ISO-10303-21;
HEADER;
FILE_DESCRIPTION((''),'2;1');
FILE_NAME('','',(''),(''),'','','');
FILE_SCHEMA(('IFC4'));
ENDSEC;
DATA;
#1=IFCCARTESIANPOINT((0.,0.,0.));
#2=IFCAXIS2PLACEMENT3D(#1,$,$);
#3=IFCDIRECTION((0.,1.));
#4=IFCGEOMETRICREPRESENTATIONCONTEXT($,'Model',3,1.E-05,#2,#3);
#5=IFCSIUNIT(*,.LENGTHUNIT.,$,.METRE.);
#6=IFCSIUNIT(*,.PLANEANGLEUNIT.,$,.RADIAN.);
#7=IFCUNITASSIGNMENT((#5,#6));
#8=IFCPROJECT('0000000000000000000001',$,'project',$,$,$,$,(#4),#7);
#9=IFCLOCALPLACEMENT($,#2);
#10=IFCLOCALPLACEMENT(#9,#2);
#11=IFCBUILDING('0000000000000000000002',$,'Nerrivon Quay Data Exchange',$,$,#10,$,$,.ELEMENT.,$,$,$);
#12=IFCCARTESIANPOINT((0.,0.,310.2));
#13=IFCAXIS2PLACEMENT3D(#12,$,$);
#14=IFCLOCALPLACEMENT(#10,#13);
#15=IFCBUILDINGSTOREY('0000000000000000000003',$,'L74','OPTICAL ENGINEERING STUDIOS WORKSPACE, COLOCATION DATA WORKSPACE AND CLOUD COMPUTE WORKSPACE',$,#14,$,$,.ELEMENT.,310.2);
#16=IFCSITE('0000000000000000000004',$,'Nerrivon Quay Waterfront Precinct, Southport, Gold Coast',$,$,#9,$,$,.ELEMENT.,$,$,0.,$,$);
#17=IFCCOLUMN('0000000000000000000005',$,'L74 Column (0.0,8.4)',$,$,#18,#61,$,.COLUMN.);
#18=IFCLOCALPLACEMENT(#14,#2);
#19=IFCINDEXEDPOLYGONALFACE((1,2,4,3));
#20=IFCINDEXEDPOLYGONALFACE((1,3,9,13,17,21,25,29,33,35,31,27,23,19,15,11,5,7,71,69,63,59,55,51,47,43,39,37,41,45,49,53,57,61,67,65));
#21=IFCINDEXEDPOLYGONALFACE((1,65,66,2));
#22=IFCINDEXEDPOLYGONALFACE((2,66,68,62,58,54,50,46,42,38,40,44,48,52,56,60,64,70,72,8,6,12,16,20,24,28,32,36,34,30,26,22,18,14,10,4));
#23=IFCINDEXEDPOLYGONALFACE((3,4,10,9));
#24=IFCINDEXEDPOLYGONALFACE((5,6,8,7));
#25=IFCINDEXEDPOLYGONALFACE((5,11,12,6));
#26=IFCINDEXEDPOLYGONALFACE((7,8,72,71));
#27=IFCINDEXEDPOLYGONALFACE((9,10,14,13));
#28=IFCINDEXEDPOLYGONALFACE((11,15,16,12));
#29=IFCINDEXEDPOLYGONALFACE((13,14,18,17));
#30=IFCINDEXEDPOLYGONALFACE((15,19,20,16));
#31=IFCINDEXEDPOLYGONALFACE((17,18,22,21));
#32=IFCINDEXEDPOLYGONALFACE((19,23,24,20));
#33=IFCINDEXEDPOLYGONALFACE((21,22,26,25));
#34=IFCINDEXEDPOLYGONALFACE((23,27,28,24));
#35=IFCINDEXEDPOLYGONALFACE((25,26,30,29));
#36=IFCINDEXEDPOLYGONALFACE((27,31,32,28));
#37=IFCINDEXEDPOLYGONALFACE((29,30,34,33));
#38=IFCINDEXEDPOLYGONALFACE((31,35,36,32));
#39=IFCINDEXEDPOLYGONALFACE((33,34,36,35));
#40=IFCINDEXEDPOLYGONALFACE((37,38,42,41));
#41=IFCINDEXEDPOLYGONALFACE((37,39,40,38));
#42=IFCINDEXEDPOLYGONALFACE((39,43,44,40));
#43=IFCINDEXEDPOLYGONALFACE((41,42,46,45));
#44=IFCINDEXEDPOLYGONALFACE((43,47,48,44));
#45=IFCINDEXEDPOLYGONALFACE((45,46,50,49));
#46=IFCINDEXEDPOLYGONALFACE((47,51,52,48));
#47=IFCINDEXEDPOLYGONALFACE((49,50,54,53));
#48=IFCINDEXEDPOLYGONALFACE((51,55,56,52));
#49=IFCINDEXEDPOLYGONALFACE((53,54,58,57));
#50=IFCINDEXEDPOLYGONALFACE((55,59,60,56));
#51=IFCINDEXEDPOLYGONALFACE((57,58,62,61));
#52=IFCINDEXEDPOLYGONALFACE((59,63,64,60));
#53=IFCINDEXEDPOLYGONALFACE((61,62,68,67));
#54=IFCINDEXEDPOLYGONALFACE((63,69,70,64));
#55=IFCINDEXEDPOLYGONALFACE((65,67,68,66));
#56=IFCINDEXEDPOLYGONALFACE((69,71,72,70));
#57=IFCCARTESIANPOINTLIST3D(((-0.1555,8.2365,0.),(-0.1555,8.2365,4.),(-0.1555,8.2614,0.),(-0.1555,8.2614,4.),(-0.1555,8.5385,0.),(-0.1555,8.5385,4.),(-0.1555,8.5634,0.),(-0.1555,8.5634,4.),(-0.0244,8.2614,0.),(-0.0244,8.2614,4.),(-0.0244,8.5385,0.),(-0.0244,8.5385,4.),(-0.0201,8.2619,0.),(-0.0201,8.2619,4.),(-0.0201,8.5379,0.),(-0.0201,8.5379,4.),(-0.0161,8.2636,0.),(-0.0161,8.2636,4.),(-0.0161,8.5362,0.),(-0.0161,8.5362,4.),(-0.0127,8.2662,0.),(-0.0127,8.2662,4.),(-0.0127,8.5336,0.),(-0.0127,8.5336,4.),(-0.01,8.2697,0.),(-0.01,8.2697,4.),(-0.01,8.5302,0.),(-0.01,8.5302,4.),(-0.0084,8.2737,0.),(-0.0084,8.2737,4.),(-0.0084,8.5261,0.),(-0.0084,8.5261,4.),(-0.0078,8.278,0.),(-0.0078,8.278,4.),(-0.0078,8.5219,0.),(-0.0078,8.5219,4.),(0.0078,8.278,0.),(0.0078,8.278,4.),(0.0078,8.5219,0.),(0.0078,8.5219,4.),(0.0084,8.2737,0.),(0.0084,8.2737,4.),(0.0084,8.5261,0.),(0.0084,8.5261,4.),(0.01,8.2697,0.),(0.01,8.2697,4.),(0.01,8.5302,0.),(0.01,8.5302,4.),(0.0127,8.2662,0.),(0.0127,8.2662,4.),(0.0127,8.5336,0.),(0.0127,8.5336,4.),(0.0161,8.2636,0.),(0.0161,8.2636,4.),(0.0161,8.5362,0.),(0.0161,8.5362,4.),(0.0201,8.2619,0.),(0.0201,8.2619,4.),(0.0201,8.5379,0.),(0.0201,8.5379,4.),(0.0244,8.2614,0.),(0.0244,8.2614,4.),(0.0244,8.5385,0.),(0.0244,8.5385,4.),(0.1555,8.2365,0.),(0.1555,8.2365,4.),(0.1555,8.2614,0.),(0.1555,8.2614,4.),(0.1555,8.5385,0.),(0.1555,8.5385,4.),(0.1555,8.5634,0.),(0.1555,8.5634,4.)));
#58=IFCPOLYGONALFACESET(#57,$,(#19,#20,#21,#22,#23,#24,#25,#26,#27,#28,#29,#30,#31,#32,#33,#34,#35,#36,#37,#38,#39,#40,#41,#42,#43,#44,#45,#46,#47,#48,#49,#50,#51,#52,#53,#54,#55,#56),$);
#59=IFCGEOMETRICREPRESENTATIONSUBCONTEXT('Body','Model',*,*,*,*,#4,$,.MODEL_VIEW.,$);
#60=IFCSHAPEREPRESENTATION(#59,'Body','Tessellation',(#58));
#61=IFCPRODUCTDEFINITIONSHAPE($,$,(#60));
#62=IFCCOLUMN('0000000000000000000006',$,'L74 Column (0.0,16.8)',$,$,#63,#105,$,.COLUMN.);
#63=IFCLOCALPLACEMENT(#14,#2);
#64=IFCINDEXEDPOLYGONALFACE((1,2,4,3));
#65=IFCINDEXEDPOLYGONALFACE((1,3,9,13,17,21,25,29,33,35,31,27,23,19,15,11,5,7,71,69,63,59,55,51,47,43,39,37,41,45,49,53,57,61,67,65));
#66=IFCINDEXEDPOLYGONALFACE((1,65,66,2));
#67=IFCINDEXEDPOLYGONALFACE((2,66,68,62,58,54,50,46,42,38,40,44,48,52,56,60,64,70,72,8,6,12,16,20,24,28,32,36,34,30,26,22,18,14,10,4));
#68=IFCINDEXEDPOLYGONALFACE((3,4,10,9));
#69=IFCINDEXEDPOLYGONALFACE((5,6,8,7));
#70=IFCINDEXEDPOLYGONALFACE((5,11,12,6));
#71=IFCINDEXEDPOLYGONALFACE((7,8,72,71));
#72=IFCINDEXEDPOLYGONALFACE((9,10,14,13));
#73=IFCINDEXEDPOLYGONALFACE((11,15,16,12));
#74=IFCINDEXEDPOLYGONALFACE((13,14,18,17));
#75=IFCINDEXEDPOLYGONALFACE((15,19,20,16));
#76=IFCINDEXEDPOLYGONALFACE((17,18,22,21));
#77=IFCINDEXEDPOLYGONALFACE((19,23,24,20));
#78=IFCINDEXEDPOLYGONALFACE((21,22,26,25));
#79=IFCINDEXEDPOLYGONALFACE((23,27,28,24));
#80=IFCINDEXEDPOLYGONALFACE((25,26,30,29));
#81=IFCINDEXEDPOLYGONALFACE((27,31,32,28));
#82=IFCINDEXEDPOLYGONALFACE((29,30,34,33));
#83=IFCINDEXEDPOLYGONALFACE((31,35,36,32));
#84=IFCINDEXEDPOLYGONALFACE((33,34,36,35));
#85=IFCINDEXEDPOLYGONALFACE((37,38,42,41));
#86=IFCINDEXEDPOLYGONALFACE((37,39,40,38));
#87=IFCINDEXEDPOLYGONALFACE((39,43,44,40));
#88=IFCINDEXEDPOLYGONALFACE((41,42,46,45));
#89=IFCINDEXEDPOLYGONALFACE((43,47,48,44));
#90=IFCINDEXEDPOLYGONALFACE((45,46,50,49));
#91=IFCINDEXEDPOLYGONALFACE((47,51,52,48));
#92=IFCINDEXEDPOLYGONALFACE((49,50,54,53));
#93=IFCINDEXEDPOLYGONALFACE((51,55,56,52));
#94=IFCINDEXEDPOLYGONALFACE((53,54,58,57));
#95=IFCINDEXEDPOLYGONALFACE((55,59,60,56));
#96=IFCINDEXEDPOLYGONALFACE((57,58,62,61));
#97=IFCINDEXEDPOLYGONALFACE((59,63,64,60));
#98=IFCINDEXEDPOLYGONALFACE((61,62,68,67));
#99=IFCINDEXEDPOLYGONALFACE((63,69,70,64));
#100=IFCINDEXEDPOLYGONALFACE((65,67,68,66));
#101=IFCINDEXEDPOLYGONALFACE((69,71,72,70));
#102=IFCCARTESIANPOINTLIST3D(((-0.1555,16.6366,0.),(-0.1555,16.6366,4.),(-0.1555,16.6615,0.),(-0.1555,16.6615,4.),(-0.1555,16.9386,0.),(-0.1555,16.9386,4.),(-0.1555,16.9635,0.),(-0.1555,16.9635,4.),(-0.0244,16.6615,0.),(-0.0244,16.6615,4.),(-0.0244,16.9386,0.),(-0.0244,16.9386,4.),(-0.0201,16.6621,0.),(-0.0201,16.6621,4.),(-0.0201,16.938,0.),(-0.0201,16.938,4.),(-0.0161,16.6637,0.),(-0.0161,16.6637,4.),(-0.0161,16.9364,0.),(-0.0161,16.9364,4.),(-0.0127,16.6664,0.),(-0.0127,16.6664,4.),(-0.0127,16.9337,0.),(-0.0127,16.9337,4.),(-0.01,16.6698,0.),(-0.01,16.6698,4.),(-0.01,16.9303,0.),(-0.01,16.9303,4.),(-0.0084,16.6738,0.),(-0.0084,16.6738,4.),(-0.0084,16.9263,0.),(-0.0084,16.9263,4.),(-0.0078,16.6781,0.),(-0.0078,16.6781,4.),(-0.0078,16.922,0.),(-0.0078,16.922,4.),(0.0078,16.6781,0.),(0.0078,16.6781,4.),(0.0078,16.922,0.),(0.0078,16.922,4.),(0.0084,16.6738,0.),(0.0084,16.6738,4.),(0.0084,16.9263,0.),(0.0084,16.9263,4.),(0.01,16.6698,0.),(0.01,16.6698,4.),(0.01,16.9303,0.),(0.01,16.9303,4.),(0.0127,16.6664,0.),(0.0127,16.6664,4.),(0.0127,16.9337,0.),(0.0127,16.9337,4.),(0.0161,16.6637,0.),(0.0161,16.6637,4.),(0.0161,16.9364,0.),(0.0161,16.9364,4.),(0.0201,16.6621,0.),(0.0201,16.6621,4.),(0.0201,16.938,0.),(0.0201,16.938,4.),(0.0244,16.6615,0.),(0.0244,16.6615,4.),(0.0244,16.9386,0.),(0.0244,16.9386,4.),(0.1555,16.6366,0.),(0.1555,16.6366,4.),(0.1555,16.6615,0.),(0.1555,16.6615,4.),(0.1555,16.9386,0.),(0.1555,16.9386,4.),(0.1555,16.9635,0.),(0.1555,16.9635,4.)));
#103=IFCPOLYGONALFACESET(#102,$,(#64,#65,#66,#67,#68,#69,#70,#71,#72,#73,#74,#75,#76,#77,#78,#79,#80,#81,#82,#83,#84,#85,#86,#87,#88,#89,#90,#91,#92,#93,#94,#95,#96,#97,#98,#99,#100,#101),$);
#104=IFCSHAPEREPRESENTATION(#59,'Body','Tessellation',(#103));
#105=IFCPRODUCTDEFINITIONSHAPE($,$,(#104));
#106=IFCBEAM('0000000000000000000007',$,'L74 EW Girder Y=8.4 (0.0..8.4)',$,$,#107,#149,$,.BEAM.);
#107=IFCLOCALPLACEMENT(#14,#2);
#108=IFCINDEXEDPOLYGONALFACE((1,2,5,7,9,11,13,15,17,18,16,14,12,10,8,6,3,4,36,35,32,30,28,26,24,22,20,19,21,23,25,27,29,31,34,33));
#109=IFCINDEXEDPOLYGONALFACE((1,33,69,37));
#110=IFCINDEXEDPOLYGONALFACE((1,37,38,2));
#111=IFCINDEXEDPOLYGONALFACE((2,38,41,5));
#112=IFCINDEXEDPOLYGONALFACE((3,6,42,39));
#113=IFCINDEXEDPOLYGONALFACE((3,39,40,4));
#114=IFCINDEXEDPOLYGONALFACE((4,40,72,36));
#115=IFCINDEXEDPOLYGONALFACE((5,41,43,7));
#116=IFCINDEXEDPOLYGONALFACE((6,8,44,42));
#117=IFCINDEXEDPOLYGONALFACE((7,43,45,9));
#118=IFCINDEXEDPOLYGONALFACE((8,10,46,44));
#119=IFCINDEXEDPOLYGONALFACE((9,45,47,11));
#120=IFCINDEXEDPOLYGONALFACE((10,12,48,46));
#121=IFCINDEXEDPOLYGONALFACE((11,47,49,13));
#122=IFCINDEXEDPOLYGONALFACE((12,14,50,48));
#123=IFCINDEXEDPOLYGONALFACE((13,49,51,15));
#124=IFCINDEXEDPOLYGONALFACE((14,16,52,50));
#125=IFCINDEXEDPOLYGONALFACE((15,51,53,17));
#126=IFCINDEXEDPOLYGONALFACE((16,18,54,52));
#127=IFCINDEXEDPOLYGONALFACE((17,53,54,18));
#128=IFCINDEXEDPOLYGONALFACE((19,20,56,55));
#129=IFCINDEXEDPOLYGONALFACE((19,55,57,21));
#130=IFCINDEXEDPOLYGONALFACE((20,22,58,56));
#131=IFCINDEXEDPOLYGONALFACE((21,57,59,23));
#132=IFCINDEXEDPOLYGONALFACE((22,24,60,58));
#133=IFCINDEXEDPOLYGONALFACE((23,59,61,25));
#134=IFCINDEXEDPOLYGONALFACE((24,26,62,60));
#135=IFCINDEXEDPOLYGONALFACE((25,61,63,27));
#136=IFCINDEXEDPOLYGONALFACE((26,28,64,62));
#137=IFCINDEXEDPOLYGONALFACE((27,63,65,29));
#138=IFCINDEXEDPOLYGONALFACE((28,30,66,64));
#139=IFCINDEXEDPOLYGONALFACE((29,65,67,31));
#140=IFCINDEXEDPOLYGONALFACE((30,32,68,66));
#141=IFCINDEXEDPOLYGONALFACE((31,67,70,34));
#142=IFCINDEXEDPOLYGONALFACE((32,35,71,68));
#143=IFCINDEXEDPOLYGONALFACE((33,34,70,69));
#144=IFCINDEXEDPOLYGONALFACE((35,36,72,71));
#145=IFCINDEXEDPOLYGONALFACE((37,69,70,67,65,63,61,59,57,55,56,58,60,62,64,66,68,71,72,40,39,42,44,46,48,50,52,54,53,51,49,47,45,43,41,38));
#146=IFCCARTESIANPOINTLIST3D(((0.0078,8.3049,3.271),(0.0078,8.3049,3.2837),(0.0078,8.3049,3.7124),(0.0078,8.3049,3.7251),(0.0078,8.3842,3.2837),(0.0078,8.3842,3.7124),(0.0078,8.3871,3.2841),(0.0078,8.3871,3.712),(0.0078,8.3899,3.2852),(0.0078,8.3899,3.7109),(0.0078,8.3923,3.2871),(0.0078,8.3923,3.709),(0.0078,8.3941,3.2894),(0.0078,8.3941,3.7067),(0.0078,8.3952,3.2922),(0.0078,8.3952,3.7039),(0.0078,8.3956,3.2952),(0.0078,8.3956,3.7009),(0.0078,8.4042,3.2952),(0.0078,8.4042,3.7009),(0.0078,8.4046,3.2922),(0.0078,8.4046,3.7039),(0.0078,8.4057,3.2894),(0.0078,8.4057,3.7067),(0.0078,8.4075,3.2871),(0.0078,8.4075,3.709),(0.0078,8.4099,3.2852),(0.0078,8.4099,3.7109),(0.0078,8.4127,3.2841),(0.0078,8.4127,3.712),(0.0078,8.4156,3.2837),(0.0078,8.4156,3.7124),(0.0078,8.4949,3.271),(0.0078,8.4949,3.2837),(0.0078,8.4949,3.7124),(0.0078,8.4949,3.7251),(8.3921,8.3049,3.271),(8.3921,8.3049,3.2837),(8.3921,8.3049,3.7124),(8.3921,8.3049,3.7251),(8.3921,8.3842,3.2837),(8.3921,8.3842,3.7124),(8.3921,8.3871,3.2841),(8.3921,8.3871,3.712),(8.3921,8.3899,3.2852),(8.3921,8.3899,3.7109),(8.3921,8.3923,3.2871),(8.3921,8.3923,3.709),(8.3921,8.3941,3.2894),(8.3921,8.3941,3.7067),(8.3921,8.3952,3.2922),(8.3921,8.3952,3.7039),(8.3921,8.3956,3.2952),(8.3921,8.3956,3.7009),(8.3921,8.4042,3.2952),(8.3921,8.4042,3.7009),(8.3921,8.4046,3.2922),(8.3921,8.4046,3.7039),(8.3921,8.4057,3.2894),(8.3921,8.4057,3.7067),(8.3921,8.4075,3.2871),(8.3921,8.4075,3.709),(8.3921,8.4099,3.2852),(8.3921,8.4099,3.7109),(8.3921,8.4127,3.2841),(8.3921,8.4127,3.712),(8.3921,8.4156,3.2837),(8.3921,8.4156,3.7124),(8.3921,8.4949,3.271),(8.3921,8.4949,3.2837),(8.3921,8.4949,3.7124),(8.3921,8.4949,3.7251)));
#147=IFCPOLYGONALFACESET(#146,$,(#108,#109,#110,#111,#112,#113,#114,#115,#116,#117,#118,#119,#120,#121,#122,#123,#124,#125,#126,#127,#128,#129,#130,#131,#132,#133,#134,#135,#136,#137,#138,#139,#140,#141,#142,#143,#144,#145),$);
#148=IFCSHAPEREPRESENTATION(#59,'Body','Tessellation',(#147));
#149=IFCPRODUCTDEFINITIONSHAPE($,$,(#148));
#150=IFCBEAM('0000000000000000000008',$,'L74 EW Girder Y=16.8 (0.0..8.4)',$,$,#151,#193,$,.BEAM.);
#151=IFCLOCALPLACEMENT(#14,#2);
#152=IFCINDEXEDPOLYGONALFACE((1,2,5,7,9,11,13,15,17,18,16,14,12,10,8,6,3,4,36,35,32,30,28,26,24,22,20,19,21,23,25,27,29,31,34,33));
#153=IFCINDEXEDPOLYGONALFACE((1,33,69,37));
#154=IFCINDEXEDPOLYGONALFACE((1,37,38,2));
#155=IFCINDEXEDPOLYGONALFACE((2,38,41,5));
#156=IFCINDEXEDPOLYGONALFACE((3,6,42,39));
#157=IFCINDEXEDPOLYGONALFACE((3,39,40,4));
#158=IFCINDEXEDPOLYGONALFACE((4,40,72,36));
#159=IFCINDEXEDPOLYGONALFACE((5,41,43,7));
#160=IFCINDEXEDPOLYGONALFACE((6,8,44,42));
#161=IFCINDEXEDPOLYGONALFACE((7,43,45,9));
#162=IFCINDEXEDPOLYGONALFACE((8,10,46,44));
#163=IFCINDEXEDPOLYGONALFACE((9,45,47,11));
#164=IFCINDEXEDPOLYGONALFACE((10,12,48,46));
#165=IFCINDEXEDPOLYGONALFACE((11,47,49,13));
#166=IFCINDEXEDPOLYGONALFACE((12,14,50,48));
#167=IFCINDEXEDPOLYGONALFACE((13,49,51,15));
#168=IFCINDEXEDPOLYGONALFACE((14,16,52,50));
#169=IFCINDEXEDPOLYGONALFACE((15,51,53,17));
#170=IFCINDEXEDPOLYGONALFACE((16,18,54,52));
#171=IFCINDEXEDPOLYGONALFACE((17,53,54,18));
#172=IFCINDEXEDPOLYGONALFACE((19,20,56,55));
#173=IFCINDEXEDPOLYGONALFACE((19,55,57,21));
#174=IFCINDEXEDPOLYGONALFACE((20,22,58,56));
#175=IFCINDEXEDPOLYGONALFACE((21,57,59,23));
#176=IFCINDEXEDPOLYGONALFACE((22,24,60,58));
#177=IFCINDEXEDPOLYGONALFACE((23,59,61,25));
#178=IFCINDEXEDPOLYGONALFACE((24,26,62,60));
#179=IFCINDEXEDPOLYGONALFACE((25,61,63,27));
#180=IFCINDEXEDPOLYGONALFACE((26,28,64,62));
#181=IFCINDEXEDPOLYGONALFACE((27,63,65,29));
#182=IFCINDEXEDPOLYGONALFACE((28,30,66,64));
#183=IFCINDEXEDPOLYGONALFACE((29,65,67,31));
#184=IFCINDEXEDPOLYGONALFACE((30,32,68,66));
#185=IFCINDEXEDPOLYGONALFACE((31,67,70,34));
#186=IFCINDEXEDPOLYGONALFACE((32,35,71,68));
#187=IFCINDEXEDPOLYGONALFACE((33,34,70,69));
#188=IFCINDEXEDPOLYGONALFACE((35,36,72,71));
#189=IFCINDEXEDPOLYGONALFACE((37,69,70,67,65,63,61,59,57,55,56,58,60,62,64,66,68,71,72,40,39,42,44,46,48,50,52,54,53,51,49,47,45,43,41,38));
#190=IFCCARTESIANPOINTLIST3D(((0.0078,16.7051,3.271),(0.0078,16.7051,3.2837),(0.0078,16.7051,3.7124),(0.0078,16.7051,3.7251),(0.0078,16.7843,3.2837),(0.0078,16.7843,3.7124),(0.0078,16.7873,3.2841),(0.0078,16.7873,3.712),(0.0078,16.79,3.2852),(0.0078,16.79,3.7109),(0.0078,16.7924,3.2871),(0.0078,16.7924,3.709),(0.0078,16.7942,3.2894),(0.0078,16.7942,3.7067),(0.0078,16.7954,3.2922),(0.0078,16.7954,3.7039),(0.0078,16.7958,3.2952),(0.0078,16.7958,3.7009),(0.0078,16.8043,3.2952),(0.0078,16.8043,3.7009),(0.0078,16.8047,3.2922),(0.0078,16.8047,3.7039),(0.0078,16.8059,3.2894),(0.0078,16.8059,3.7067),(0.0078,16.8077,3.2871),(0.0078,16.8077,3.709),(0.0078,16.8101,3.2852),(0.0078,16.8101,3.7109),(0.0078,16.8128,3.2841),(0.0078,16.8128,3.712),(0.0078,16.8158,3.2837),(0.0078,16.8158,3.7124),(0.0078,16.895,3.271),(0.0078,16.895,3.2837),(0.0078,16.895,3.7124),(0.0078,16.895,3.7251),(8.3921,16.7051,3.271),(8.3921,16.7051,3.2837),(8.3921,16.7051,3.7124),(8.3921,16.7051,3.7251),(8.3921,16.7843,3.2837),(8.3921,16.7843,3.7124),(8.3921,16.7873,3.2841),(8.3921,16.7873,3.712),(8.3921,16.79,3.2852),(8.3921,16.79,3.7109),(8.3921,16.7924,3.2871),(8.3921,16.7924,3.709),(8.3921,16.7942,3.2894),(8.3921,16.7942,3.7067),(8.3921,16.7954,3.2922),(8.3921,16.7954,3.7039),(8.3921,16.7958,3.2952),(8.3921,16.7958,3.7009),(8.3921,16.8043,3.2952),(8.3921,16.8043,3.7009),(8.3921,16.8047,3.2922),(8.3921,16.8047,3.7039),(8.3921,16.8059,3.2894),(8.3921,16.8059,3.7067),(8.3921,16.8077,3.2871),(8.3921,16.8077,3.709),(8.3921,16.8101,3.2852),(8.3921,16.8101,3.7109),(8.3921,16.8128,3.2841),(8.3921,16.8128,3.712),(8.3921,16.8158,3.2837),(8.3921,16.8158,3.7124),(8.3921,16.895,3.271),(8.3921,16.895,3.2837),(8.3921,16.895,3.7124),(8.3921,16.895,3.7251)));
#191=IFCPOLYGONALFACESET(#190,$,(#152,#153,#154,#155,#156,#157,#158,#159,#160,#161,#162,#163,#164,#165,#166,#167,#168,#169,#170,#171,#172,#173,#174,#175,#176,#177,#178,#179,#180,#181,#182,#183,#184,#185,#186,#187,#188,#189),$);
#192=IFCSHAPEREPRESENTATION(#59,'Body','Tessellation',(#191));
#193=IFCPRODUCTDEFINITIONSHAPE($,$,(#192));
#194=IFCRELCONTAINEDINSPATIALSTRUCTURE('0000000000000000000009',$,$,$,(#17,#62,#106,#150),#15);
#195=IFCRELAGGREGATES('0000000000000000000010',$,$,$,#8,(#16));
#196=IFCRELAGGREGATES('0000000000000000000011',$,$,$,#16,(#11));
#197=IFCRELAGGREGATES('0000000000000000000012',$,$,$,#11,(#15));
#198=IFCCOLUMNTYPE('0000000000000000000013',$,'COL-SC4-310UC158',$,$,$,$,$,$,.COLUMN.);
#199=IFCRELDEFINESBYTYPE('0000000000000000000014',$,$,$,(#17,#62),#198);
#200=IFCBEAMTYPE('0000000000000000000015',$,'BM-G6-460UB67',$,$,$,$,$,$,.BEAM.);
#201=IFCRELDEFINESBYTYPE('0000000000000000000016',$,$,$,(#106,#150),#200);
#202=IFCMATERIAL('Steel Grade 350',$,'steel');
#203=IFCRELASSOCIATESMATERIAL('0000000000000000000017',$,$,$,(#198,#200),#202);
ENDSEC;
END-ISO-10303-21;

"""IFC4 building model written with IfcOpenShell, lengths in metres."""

from ifc_helpers import new_model, si_unit, direction, frame, origin, origin_2d, place, context, subcontext, project, spatial, i_section, extrude, material, material_profile, profile_set, type_object, element, save


model = new_model("IFC4")

# Units and contexts
model_context = context("Model", 3, precision=1e-05, world=origin(), true_north=direction((0.0, 1.0)))
body_context = subcontext(model_context, "Body", "Model", "MODEL_VIEW")
ifc_project = project(units=[si_unit("LENGTHUNIT", "METRE"), si_unit("PLANEANGLEUNIT", "RADIAN")], contexts=[model_context])

# Site, building, storey
site_placement = place(None, origin())
site = spatial("IfcSite", under=ifc_project, at=site_placement, Name="Nerrivon Quay Waterfront Precinct, Southport, Gold Coast", CompositionType="ELEMENT", RefElevation=0.0)
building_placement = place(site_placement, origin())
building = spatial("IfcBuilding", under=site, at=building_placement, Name="Nerrivon Quay Data Exchange", CompositionType="ELEMENT")
storey_placement = place(building_placement, frame((0.0, 0.0, 310.2)))
storey = spatial("IfcBuildingStorey", under=building, at=storey_placement, Name="L74", Description="OPTICAL ENGINEERING STUDIOS WORKSPACE, COLOCATION DATA WORKSPACE AND CLOUD COMPUTE WORKSPACE", CompositionType="ELEMENT", Elevation=310.2)

# Columns
ifc_material_1 = material(Name="Steel Grade 350", Category="steel")
ifc_material_profile_1 = material_profile(ifc_material_1, i_section(OverallWidth=0.311, OverallDepth=0.3269, WebThickness=0.0156, FlangeThickness=0.0249, FilletRadius=0.0166, at=origin_2d()), Name="310UC158")
ifc_profile_set_1 = profile_set([ifc_material_profile_1], Name="Steel Grade 350")
column_type = type_object("IfcColumnType", Name="COL-SC4-310UC158", PredefinedType="COLUMN", material=ifc_profile_set_1)
for number, where, z_axis, x_axis, name in (
    (1, (0.0, 8.3999, 0.0), (0.0, 0.0, 1.0), (1.0, 0.0, 0.0), "L74 Column (0.0,8.4)"),
    (2, (0.0, 16.8, 0.0), (0.0, 0.0, 1.0), (1.0, 0.0, 0.0), "L74 Column (0.0,16.8)"),
):
    element("IfcColumn", number, at=place(storey_placement, frame(where, z_axis=z_axis, x_axis=x_axis)), inside=storey, type_object=column_type, Name=name, PredefinedType="COLUMN", context=body_context, shape_type="SweptSolid", body=[
        extrude(i_section(OverallWidth=0.311, OverallDepth=0.3269, WebThickness=0.0156, FlangeThickness=0.0249, FilletRadius=0.0166, at=origin_2d()), origin(), (0.0, 0.0, 1.0), 4.0),
    ])

# Beams
ifc_material_profile_2 = material_profile(ifc_material_1, i_section(OverallWidth=0.1899, OverallDepth=0.4541, WebThickness=0.0085, FlangeThickness=0.0127, FilletRadius=0.0115, at=origin_2d()), Name="460UB67.1")
ifc_profile_set_2 = profile_set([ifc_material_profile_2], Name="Steel Grade 350")
beam_type_1 = type_object("IfcBeamType", Name="BM-G6-460UB67", PredefinedType="BEAM", material=ifc_profile_set_2)
for number, where, z_axis, x_axis, name in (
    (3, (0.0078, 8.3999, 3.498), (1.0, 0.0, 0.0), (0.0, 1.0, 0.0), "L74 EW Girder Y=8.4 (0.0..8.4)"),
    (4, (0.0078, 16.8, 3.498), (1.0, 0.0, 0.0), (0.0, 1.0, 0.0), "L74 EW Girder Y=16.8 (0.0..8.4)"),
):
    element("IfcBeam", number, at=place(storey_placement, frame(where, z_axis=z_axis, x_axis=x_axis)), inside=storey, type_object=beam_type_1, Name=name, PredefinedType="BEAM", context=body_context, shape_type="SweptSolid", body=[
        extrude(i_section(OverallWidth=0.1899, OverallDepth=0.4541, WebThickness=0.0085, FlangeThickness=0.0127, FilletRadius=0.0115, at=origin_2d()), origin(), (0.0, 0.0, 1.0), 8.3843),
    ])

save(model, "model.ifc")
